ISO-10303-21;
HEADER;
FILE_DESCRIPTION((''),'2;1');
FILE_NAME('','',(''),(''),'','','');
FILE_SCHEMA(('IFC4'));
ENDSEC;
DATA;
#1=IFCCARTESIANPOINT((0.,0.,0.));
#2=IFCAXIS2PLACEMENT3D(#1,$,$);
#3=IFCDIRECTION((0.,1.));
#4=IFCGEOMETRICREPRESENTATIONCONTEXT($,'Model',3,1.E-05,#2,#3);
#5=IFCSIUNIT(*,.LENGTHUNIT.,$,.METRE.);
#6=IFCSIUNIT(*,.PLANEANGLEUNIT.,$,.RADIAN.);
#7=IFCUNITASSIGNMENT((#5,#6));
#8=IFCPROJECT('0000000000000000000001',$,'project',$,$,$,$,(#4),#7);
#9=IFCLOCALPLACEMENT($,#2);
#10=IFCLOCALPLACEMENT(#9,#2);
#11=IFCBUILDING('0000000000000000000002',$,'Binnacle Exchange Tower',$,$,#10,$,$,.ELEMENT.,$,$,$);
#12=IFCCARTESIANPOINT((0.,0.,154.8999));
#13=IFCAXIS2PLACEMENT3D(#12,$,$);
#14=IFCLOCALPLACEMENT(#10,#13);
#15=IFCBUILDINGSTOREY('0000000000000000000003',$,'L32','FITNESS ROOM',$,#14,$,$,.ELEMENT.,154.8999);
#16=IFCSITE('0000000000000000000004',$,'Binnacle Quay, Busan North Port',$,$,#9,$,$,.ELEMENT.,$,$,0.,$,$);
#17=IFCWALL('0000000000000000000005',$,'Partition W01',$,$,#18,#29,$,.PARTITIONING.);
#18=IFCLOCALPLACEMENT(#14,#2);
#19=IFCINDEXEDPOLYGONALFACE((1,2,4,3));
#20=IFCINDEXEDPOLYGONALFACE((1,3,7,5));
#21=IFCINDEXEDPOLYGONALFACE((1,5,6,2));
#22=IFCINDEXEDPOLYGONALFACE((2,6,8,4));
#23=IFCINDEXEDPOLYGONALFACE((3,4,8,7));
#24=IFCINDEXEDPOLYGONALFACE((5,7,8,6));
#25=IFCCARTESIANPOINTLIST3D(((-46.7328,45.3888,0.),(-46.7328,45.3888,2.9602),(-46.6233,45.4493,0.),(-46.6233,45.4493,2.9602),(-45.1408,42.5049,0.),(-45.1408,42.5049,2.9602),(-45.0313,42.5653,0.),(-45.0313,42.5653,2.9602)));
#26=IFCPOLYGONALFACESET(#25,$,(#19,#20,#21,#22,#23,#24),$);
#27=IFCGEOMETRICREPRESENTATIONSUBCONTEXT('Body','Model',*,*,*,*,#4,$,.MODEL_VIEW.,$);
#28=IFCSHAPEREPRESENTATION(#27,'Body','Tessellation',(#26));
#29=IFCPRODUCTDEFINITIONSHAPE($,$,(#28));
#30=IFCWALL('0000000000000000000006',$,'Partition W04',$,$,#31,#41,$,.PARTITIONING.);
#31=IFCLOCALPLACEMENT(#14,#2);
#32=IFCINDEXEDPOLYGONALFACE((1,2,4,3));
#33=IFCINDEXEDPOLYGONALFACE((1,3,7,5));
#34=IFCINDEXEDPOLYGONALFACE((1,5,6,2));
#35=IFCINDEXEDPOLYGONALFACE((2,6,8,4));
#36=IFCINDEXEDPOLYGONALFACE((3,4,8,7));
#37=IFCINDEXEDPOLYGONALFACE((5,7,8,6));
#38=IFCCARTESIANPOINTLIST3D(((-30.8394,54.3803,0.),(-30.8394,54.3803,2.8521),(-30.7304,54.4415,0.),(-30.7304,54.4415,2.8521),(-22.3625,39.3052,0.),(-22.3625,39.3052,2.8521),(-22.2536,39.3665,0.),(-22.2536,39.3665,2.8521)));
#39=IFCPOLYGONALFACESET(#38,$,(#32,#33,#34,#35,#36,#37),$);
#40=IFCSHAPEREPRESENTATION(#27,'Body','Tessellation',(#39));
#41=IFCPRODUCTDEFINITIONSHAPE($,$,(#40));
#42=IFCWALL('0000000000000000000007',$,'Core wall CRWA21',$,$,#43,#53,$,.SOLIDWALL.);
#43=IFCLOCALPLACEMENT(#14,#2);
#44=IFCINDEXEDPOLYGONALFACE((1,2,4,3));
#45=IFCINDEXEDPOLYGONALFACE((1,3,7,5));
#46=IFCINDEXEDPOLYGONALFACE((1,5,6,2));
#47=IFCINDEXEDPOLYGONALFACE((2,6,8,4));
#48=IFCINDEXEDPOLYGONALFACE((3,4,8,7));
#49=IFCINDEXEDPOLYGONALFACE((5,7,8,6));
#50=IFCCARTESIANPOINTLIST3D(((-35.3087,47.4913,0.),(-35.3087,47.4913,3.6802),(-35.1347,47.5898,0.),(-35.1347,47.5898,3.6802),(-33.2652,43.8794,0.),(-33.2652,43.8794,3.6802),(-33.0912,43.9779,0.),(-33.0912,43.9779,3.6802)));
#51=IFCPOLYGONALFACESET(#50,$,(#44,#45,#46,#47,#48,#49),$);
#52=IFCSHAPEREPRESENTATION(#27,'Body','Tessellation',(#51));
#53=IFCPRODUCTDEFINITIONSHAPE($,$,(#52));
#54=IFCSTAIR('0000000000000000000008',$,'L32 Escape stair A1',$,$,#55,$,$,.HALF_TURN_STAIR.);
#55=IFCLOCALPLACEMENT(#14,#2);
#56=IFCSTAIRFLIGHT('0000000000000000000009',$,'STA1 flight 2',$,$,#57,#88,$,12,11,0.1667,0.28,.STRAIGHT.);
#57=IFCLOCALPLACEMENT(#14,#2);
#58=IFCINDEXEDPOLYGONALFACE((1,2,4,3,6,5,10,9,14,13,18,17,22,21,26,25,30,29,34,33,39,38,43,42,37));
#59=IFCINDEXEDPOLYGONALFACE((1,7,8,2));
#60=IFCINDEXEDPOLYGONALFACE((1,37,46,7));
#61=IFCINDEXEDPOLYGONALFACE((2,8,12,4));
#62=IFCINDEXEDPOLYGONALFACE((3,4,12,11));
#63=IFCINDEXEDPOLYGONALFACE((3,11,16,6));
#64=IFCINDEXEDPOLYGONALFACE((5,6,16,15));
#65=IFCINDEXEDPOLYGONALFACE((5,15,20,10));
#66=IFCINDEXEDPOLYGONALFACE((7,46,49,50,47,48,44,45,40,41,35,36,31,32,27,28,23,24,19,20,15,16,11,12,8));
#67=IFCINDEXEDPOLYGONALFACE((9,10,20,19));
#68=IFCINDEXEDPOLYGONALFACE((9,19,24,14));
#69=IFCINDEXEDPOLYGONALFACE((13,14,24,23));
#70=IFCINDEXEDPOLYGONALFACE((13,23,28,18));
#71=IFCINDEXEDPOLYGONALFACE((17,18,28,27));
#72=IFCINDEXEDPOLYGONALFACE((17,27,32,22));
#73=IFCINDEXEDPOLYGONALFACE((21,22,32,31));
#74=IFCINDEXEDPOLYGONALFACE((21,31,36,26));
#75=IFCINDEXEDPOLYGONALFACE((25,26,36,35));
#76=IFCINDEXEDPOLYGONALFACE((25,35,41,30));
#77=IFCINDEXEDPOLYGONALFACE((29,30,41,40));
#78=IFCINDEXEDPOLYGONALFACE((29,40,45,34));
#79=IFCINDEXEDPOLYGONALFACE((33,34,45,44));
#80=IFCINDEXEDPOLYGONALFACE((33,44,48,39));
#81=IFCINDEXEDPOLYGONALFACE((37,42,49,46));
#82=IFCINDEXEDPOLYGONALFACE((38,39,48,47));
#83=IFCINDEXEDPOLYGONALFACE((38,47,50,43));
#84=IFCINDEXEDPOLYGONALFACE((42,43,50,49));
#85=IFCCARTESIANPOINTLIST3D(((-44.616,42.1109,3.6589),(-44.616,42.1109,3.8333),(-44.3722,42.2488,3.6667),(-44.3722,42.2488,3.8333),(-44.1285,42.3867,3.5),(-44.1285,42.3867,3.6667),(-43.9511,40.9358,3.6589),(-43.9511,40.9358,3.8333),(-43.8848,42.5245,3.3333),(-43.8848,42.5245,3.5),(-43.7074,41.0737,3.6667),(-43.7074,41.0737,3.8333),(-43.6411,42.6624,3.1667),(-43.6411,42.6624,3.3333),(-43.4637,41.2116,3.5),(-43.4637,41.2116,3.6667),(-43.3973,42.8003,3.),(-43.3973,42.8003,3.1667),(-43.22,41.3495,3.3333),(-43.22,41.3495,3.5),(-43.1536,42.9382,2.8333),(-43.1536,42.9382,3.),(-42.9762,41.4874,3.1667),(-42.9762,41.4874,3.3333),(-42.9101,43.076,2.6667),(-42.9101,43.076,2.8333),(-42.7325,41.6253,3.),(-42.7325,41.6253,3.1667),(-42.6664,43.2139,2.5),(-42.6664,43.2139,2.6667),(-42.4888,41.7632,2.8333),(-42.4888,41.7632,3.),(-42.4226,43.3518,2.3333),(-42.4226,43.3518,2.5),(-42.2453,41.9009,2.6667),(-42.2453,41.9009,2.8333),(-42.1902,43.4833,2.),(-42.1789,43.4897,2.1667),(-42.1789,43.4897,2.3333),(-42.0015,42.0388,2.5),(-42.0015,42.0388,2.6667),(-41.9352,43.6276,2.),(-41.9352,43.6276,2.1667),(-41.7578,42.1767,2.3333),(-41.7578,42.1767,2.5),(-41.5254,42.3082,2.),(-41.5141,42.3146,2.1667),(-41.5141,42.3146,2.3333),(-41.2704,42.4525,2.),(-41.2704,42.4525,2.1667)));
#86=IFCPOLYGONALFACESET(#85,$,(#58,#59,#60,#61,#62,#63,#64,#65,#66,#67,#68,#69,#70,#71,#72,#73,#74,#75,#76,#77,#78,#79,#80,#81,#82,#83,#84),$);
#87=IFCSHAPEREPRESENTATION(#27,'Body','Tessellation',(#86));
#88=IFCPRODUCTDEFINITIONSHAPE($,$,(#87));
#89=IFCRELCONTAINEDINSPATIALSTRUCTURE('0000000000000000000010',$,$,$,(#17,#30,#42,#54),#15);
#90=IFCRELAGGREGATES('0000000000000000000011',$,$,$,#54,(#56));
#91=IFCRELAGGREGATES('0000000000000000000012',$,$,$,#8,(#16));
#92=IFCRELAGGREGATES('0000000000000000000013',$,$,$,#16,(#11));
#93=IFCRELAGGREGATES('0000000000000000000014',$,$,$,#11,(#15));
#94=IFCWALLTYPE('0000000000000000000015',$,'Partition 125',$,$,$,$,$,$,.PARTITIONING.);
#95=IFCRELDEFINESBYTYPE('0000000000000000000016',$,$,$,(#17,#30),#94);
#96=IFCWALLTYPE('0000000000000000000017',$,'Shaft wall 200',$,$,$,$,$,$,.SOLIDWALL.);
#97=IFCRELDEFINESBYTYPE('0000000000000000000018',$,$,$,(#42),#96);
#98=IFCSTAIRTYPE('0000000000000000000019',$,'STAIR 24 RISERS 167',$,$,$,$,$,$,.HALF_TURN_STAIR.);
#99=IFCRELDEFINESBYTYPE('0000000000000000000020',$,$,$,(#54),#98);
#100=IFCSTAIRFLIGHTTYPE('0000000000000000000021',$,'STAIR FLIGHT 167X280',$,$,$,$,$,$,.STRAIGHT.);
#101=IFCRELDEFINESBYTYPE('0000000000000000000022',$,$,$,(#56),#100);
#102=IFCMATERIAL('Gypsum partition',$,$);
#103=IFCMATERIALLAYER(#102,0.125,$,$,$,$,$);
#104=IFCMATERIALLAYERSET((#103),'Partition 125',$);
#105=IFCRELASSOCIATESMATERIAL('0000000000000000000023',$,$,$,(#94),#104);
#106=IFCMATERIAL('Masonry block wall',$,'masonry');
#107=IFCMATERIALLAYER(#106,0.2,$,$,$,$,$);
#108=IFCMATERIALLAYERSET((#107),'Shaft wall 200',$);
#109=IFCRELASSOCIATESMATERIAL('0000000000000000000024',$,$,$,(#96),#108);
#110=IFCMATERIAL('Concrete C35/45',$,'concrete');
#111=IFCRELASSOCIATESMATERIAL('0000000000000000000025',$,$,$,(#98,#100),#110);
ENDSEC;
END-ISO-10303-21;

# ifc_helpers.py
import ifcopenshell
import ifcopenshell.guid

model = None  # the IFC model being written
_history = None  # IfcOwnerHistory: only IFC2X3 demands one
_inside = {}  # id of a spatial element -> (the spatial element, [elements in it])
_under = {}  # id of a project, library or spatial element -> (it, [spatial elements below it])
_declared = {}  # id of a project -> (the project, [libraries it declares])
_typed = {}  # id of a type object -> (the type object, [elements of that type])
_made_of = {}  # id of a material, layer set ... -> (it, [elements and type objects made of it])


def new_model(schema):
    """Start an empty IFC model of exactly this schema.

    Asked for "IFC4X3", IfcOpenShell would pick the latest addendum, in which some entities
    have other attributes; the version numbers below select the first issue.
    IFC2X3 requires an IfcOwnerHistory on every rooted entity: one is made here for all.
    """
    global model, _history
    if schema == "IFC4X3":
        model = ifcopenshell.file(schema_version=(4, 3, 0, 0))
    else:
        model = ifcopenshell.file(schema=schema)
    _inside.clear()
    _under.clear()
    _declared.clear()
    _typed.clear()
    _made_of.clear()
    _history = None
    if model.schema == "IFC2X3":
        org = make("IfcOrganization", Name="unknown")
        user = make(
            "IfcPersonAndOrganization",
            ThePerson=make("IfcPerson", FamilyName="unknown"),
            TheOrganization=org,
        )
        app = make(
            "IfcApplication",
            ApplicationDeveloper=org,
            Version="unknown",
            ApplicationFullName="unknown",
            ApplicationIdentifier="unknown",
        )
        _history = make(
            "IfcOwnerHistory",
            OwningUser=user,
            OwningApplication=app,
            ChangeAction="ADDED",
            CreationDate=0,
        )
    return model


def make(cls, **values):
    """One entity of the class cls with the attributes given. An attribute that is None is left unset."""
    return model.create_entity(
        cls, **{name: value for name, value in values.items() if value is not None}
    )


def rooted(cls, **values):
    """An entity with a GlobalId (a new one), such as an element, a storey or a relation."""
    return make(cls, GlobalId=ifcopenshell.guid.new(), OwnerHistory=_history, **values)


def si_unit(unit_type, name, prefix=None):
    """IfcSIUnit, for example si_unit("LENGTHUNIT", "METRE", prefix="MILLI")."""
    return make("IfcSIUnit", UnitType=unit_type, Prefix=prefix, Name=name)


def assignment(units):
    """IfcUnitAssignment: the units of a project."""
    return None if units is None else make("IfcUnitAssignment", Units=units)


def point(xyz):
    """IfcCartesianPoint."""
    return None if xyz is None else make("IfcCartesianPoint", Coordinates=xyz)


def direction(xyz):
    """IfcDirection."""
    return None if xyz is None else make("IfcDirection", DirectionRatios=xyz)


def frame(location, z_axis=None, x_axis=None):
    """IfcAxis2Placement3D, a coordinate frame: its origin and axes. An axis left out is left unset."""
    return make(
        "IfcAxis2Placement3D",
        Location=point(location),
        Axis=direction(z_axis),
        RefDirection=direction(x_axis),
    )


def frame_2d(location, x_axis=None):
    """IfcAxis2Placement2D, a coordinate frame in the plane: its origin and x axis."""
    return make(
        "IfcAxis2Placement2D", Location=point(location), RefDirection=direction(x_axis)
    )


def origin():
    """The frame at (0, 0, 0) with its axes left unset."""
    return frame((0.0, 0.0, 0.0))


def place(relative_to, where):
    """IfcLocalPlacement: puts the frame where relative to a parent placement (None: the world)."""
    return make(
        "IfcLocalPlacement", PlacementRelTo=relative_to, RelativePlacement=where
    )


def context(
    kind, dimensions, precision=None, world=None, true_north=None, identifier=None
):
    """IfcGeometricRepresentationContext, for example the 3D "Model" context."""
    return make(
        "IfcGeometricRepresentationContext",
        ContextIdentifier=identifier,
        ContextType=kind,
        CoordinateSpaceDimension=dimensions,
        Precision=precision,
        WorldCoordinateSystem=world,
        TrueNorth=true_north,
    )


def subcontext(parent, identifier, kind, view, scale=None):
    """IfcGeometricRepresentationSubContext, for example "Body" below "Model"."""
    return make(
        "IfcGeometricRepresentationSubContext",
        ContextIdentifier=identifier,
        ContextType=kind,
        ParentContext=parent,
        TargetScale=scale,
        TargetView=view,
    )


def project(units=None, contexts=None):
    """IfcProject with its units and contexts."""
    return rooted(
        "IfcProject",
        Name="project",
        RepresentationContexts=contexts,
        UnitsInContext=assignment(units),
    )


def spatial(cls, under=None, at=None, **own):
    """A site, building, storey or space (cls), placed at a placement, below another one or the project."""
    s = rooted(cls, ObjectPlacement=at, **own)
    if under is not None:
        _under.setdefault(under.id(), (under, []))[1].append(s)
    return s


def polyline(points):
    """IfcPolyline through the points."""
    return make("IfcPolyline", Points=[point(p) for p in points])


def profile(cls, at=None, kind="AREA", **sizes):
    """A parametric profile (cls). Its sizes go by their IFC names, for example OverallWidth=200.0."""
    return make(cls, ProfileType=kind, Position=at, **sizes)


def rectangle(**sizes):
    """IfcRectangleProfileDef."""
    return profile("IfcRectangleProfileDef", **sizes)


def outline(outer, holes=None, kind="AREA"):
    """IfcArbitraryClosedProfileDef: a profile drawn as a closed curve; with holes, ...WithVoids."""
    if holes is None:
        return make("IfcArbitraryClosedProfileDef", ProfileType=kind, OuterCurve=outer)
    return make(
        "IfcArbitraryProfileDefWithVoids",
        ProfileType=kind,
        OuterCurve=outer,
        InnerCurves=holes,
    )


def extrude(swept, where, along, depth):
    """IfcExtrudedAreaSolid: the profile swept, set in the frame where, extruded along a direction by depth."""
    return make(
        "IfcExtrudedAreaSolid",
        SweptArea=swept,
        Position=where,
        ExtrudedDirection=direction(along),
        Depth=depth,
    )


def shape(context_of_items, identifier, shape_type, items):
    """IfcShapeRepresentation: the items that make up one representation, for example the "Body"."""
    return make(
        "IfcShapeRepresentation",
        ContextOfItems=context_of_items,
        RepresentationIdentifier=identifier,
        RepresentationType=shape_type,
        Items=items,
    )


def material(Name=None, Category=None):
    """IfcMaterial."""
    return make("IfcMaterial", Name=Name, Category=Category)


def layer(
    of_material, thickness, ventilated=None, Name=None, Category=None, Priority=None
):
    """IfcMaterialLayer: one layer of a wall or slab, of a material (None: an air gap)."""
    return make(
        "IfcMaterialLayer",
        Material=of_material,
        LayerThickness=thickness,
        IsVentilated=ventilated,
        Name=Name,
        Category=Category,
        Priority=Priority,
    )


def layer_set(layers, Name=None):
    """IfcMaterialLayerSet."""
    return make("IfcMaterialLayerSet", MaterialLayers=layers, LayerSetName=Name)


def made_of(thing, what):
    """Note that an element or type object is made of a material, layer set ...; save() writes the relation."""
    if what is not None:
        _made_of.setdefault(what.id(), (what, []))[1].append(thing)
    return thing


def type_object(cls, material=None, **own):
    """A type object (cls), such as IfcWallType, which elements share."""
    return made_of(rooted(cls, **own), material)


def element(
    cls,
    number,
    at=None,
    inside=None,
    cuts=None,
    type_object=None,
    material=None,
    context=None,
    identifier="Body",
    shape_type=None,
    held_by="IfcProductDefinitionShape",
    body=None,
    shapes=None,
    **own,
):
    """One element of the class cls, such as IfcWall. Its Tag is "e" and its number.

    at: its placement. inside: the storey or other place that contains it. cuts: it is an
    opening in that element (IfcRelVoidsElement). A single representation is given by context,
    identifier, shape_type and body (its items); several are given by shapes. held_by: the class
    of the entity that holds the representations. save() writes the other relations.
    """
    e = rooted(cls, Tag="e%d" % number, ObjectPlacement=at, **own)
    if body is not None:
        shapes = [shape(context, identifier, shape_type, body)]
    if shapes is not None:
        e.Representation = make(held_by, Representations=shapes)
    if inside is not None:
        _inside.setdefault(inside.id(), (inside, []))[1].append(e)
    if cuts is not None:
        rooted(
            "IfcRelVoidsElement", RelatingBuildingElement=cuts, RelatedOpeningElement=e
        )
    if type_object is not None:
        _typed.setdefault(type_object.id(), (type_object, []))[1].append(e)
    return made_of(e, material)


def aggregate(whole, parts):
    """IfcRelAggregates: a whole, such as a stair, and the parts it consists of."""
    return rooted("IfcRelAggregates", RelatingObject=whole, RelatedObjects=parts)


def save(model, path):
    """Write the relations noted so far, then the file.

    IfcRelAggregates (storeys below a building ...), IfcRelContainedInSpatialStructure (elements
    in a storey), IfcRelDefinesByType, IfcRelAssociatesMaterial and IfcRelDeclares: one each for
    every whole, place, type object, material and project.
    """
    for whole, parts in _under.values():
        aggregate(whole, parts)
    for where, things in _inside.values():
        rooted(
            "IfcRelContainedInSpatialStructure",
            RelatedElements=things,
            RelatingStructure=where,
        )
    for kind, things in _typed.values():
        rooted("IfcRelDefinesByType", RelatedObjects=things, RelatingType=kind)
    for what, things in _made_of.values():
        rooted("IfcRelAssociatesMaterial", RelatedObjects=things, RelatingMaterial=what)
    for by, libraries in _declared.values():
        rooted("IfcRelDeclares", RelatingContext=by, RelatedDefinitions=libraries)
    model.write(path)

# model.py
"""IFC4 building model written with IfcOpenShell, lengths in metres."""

from ifc_helpers import new_model, si_unit, direction, frame, frame_2d, origin, place, context, subcontext, project, spatial, polyline, rectangle, outline, extrude, material, layer, layer_set, type_object, element, aggregate, save


model = new_model("IFC4")

# Units and contexts
model_context = context("Model", 3, precision=1e-05, world=origin(), true_north=direction((0.0, 1.0)))
body_context = subcontext(model_context, "Body", "Model", "MODEL_VIEW")
ifc_project = project(units=[si_unit("LENGTHUNIT", "METRE"), si_unit("PLANEANGLEUNIT", "RADIAN")], contexts=[model_context])

# Site, building, storey
site_placement = place(None, origin())
site = spatial("IfcSite", under=ifc_project, at=site_placement, Name="Binnacle Quay, Busan North Port", CompositionType="ELEMENT", RefElevation=0.0)
building_placement = place(site_placement, origin())
building = spatial("IfcBuilding", under=site, at=building_placement, Name="Binnacle Exchange Tower", CompositionType="ELEMENT")
storey_placement = place(building_placement, frame((0.0, 0.0, 154.8999)))
storey = spatial("IfcBuildingStorey", under=building, at=storey_placement, Name="L32", Description="FITNESS ROOM", CompositionType="ELEMENT", Elevation=154.8999)

# Shared definitions
ifc_material_1 = material(Name="Masonry block wall", Category="masonry")

# Walls
ifc_material_2 = material(Name="Gypsum partition")
ifc_layer_1 = layer(ifc_material_2, 0.125)
ifc_layer_set_1 = layer_set([ifc_layer_1], Name="Partition 125")
wall_type_1 = type_object("IfcWallType", Name="Partition 125", PredefinedType="PARTITIONING", material=ifc_layer_set_1)
wall_1_placement = place(storey_placement, frame((-46.678, 45.4189, 0.0), z_axis=(0.0, 0.0, 1.0), x_axis=(0.483275, -0.875468, 0.0)))
element("IfcWall", 1, at=wall_1_placement, inside=storey, type_object=wall_type_1, Name="Partition W01", PredefinedType="PARTITIONING", context=body_context, shape_type="SweptSolid", body=[
    extrude(rectangle(XDim=3.2942, YDim=0.125, at=frame_2d((1.647, 0.0))), origin(), (0.0, 0.0, 1.0), 2.9602),
])
wall_2_placement = place(storey_placement, frame((-30.7849, 54.4109, 0.0), z_axis=(0.0, 0.0, 1.0), x_axis=(0.490136, -0.871646, 0.0)))
element("IfcWall", 2, at=wall_2_placement, inside=storey, type_object=wall_type_1, Name="Partition W04", PredefinedType="PARTITIONING", context=body_context, shape_type="SweptSolid", body=[
    extrude(rectangle(XDim=17.2949, YDim=0.125, at=frame_2d((8.6475, 0.0))), origin(), (0.0, 0.0, 1.0), 2.8521),
])
ifc_layer_2 = layer(ifc_material_1, 0.2)
ifc_layer_set_2 = layer_set([ifc_layer_2], Name="Shaft wall 200")
wall_type_2 = type_object("IfcWallType", Name="Shaft wall 200", PredefinedType="SOLIDWALL", material=ifc_layer_set_2)
wall_3_placement = place(storey_placement, frame((-35.2217, 47.5405, 0.0), z_axis=(0.0, 0.0, 1.0), x_axis=(0.492422, -0.870357, 0.0)))
element("IfcWall", 3, at=wall_3_placement, inside=storey, type_object=wall_type_2, Name="Core wall CRWA21", PredefinedType="SOLIDWALL", context=body_context, shape_type="SweptSolid", body=[
    extrude(rectangle(XDim=4.1499, YDim=0.2, at=frame_2d((2.075, 0.0))), origin(), (0.0, 0.0, 1.0), 3.6802),
])

# Stair, stair flight
ifc_material_3 = material(Name="Concrete C35/45", Category="concrete")
stair_type = type_object("IfcStairType", Name="STAIR 24 RISERS 167", PredefinedType="HALF_TURN_STAIR", material=ifc_material_3)
stair_placement = place(storey_placement, origin())
stair = element("IfcStair", 4, at=stair_placement, inside=storey, type_object=stair_type, Name="L32 Escape stair A1", PredefinedType="HALF_TURN_STAIR")
stair_flight_type = type_object("IfcStairFlightType", Name="STAIR FLIGHT 167X280", PredefinedType="STRAIGHT", material=ifc_material_3)
stair_flight_placement = place(storey_placement, frame((-41.6028, 43.04, 2.0), z_axis=(0.0, 0.0, 1.0), x_axis=(-0.870356, -0.492424, 0.0)))
stair_flight = element("IfcStairFlight", 5, at=stair_flight_placement, type_object=stair_flight_type, Name="STA1 flight 2", NumberOfRisers=12, NumberOfTreads=11, PredefinedType="STRAIGHT", RiserHeight=0.1667, TreadLength=0.28, context=body_context, shape_type="SweptSolid", body=[
    extrude(outline(polyline([(0.0, 0.0), (0.0, 0.1667), (0.28, 0.1667), (0.28, 0.3333), (0.5601, 0.3333), (0.5601, 0.5), (0.8401, 0.5), (0.8401, 0.6667), (1.1201, 0.6667), (1.1201, 0.8333), (1.3999, 0.8333), (1.3999, 1.0), (1.6799, 1.0), (1.6799, 1.1667), (1.96, 1.1667), (1.96, 1.3333), (2.24, 1.3333), (2.24, 1.5), (2.52, 1.5), (2.52, 1.6667), (2.8, 1.6667), (2.8, 1.8333), (3.0801, 1.8333), (3.0801, 2.0), (3.0801, 1.6589), (0.293, 0.0), (0.0, 0.0)])), frame((0.0, 0.675, 0.0), z_axis=(0.0, -1.0, 0.0), x_axis=(1.0, 0.0, 0.0)), (0.0, 0.0, 1.0), 1.3501),
])
aggregate(stair, [stair_flight])

save(model, "model.ifc")
